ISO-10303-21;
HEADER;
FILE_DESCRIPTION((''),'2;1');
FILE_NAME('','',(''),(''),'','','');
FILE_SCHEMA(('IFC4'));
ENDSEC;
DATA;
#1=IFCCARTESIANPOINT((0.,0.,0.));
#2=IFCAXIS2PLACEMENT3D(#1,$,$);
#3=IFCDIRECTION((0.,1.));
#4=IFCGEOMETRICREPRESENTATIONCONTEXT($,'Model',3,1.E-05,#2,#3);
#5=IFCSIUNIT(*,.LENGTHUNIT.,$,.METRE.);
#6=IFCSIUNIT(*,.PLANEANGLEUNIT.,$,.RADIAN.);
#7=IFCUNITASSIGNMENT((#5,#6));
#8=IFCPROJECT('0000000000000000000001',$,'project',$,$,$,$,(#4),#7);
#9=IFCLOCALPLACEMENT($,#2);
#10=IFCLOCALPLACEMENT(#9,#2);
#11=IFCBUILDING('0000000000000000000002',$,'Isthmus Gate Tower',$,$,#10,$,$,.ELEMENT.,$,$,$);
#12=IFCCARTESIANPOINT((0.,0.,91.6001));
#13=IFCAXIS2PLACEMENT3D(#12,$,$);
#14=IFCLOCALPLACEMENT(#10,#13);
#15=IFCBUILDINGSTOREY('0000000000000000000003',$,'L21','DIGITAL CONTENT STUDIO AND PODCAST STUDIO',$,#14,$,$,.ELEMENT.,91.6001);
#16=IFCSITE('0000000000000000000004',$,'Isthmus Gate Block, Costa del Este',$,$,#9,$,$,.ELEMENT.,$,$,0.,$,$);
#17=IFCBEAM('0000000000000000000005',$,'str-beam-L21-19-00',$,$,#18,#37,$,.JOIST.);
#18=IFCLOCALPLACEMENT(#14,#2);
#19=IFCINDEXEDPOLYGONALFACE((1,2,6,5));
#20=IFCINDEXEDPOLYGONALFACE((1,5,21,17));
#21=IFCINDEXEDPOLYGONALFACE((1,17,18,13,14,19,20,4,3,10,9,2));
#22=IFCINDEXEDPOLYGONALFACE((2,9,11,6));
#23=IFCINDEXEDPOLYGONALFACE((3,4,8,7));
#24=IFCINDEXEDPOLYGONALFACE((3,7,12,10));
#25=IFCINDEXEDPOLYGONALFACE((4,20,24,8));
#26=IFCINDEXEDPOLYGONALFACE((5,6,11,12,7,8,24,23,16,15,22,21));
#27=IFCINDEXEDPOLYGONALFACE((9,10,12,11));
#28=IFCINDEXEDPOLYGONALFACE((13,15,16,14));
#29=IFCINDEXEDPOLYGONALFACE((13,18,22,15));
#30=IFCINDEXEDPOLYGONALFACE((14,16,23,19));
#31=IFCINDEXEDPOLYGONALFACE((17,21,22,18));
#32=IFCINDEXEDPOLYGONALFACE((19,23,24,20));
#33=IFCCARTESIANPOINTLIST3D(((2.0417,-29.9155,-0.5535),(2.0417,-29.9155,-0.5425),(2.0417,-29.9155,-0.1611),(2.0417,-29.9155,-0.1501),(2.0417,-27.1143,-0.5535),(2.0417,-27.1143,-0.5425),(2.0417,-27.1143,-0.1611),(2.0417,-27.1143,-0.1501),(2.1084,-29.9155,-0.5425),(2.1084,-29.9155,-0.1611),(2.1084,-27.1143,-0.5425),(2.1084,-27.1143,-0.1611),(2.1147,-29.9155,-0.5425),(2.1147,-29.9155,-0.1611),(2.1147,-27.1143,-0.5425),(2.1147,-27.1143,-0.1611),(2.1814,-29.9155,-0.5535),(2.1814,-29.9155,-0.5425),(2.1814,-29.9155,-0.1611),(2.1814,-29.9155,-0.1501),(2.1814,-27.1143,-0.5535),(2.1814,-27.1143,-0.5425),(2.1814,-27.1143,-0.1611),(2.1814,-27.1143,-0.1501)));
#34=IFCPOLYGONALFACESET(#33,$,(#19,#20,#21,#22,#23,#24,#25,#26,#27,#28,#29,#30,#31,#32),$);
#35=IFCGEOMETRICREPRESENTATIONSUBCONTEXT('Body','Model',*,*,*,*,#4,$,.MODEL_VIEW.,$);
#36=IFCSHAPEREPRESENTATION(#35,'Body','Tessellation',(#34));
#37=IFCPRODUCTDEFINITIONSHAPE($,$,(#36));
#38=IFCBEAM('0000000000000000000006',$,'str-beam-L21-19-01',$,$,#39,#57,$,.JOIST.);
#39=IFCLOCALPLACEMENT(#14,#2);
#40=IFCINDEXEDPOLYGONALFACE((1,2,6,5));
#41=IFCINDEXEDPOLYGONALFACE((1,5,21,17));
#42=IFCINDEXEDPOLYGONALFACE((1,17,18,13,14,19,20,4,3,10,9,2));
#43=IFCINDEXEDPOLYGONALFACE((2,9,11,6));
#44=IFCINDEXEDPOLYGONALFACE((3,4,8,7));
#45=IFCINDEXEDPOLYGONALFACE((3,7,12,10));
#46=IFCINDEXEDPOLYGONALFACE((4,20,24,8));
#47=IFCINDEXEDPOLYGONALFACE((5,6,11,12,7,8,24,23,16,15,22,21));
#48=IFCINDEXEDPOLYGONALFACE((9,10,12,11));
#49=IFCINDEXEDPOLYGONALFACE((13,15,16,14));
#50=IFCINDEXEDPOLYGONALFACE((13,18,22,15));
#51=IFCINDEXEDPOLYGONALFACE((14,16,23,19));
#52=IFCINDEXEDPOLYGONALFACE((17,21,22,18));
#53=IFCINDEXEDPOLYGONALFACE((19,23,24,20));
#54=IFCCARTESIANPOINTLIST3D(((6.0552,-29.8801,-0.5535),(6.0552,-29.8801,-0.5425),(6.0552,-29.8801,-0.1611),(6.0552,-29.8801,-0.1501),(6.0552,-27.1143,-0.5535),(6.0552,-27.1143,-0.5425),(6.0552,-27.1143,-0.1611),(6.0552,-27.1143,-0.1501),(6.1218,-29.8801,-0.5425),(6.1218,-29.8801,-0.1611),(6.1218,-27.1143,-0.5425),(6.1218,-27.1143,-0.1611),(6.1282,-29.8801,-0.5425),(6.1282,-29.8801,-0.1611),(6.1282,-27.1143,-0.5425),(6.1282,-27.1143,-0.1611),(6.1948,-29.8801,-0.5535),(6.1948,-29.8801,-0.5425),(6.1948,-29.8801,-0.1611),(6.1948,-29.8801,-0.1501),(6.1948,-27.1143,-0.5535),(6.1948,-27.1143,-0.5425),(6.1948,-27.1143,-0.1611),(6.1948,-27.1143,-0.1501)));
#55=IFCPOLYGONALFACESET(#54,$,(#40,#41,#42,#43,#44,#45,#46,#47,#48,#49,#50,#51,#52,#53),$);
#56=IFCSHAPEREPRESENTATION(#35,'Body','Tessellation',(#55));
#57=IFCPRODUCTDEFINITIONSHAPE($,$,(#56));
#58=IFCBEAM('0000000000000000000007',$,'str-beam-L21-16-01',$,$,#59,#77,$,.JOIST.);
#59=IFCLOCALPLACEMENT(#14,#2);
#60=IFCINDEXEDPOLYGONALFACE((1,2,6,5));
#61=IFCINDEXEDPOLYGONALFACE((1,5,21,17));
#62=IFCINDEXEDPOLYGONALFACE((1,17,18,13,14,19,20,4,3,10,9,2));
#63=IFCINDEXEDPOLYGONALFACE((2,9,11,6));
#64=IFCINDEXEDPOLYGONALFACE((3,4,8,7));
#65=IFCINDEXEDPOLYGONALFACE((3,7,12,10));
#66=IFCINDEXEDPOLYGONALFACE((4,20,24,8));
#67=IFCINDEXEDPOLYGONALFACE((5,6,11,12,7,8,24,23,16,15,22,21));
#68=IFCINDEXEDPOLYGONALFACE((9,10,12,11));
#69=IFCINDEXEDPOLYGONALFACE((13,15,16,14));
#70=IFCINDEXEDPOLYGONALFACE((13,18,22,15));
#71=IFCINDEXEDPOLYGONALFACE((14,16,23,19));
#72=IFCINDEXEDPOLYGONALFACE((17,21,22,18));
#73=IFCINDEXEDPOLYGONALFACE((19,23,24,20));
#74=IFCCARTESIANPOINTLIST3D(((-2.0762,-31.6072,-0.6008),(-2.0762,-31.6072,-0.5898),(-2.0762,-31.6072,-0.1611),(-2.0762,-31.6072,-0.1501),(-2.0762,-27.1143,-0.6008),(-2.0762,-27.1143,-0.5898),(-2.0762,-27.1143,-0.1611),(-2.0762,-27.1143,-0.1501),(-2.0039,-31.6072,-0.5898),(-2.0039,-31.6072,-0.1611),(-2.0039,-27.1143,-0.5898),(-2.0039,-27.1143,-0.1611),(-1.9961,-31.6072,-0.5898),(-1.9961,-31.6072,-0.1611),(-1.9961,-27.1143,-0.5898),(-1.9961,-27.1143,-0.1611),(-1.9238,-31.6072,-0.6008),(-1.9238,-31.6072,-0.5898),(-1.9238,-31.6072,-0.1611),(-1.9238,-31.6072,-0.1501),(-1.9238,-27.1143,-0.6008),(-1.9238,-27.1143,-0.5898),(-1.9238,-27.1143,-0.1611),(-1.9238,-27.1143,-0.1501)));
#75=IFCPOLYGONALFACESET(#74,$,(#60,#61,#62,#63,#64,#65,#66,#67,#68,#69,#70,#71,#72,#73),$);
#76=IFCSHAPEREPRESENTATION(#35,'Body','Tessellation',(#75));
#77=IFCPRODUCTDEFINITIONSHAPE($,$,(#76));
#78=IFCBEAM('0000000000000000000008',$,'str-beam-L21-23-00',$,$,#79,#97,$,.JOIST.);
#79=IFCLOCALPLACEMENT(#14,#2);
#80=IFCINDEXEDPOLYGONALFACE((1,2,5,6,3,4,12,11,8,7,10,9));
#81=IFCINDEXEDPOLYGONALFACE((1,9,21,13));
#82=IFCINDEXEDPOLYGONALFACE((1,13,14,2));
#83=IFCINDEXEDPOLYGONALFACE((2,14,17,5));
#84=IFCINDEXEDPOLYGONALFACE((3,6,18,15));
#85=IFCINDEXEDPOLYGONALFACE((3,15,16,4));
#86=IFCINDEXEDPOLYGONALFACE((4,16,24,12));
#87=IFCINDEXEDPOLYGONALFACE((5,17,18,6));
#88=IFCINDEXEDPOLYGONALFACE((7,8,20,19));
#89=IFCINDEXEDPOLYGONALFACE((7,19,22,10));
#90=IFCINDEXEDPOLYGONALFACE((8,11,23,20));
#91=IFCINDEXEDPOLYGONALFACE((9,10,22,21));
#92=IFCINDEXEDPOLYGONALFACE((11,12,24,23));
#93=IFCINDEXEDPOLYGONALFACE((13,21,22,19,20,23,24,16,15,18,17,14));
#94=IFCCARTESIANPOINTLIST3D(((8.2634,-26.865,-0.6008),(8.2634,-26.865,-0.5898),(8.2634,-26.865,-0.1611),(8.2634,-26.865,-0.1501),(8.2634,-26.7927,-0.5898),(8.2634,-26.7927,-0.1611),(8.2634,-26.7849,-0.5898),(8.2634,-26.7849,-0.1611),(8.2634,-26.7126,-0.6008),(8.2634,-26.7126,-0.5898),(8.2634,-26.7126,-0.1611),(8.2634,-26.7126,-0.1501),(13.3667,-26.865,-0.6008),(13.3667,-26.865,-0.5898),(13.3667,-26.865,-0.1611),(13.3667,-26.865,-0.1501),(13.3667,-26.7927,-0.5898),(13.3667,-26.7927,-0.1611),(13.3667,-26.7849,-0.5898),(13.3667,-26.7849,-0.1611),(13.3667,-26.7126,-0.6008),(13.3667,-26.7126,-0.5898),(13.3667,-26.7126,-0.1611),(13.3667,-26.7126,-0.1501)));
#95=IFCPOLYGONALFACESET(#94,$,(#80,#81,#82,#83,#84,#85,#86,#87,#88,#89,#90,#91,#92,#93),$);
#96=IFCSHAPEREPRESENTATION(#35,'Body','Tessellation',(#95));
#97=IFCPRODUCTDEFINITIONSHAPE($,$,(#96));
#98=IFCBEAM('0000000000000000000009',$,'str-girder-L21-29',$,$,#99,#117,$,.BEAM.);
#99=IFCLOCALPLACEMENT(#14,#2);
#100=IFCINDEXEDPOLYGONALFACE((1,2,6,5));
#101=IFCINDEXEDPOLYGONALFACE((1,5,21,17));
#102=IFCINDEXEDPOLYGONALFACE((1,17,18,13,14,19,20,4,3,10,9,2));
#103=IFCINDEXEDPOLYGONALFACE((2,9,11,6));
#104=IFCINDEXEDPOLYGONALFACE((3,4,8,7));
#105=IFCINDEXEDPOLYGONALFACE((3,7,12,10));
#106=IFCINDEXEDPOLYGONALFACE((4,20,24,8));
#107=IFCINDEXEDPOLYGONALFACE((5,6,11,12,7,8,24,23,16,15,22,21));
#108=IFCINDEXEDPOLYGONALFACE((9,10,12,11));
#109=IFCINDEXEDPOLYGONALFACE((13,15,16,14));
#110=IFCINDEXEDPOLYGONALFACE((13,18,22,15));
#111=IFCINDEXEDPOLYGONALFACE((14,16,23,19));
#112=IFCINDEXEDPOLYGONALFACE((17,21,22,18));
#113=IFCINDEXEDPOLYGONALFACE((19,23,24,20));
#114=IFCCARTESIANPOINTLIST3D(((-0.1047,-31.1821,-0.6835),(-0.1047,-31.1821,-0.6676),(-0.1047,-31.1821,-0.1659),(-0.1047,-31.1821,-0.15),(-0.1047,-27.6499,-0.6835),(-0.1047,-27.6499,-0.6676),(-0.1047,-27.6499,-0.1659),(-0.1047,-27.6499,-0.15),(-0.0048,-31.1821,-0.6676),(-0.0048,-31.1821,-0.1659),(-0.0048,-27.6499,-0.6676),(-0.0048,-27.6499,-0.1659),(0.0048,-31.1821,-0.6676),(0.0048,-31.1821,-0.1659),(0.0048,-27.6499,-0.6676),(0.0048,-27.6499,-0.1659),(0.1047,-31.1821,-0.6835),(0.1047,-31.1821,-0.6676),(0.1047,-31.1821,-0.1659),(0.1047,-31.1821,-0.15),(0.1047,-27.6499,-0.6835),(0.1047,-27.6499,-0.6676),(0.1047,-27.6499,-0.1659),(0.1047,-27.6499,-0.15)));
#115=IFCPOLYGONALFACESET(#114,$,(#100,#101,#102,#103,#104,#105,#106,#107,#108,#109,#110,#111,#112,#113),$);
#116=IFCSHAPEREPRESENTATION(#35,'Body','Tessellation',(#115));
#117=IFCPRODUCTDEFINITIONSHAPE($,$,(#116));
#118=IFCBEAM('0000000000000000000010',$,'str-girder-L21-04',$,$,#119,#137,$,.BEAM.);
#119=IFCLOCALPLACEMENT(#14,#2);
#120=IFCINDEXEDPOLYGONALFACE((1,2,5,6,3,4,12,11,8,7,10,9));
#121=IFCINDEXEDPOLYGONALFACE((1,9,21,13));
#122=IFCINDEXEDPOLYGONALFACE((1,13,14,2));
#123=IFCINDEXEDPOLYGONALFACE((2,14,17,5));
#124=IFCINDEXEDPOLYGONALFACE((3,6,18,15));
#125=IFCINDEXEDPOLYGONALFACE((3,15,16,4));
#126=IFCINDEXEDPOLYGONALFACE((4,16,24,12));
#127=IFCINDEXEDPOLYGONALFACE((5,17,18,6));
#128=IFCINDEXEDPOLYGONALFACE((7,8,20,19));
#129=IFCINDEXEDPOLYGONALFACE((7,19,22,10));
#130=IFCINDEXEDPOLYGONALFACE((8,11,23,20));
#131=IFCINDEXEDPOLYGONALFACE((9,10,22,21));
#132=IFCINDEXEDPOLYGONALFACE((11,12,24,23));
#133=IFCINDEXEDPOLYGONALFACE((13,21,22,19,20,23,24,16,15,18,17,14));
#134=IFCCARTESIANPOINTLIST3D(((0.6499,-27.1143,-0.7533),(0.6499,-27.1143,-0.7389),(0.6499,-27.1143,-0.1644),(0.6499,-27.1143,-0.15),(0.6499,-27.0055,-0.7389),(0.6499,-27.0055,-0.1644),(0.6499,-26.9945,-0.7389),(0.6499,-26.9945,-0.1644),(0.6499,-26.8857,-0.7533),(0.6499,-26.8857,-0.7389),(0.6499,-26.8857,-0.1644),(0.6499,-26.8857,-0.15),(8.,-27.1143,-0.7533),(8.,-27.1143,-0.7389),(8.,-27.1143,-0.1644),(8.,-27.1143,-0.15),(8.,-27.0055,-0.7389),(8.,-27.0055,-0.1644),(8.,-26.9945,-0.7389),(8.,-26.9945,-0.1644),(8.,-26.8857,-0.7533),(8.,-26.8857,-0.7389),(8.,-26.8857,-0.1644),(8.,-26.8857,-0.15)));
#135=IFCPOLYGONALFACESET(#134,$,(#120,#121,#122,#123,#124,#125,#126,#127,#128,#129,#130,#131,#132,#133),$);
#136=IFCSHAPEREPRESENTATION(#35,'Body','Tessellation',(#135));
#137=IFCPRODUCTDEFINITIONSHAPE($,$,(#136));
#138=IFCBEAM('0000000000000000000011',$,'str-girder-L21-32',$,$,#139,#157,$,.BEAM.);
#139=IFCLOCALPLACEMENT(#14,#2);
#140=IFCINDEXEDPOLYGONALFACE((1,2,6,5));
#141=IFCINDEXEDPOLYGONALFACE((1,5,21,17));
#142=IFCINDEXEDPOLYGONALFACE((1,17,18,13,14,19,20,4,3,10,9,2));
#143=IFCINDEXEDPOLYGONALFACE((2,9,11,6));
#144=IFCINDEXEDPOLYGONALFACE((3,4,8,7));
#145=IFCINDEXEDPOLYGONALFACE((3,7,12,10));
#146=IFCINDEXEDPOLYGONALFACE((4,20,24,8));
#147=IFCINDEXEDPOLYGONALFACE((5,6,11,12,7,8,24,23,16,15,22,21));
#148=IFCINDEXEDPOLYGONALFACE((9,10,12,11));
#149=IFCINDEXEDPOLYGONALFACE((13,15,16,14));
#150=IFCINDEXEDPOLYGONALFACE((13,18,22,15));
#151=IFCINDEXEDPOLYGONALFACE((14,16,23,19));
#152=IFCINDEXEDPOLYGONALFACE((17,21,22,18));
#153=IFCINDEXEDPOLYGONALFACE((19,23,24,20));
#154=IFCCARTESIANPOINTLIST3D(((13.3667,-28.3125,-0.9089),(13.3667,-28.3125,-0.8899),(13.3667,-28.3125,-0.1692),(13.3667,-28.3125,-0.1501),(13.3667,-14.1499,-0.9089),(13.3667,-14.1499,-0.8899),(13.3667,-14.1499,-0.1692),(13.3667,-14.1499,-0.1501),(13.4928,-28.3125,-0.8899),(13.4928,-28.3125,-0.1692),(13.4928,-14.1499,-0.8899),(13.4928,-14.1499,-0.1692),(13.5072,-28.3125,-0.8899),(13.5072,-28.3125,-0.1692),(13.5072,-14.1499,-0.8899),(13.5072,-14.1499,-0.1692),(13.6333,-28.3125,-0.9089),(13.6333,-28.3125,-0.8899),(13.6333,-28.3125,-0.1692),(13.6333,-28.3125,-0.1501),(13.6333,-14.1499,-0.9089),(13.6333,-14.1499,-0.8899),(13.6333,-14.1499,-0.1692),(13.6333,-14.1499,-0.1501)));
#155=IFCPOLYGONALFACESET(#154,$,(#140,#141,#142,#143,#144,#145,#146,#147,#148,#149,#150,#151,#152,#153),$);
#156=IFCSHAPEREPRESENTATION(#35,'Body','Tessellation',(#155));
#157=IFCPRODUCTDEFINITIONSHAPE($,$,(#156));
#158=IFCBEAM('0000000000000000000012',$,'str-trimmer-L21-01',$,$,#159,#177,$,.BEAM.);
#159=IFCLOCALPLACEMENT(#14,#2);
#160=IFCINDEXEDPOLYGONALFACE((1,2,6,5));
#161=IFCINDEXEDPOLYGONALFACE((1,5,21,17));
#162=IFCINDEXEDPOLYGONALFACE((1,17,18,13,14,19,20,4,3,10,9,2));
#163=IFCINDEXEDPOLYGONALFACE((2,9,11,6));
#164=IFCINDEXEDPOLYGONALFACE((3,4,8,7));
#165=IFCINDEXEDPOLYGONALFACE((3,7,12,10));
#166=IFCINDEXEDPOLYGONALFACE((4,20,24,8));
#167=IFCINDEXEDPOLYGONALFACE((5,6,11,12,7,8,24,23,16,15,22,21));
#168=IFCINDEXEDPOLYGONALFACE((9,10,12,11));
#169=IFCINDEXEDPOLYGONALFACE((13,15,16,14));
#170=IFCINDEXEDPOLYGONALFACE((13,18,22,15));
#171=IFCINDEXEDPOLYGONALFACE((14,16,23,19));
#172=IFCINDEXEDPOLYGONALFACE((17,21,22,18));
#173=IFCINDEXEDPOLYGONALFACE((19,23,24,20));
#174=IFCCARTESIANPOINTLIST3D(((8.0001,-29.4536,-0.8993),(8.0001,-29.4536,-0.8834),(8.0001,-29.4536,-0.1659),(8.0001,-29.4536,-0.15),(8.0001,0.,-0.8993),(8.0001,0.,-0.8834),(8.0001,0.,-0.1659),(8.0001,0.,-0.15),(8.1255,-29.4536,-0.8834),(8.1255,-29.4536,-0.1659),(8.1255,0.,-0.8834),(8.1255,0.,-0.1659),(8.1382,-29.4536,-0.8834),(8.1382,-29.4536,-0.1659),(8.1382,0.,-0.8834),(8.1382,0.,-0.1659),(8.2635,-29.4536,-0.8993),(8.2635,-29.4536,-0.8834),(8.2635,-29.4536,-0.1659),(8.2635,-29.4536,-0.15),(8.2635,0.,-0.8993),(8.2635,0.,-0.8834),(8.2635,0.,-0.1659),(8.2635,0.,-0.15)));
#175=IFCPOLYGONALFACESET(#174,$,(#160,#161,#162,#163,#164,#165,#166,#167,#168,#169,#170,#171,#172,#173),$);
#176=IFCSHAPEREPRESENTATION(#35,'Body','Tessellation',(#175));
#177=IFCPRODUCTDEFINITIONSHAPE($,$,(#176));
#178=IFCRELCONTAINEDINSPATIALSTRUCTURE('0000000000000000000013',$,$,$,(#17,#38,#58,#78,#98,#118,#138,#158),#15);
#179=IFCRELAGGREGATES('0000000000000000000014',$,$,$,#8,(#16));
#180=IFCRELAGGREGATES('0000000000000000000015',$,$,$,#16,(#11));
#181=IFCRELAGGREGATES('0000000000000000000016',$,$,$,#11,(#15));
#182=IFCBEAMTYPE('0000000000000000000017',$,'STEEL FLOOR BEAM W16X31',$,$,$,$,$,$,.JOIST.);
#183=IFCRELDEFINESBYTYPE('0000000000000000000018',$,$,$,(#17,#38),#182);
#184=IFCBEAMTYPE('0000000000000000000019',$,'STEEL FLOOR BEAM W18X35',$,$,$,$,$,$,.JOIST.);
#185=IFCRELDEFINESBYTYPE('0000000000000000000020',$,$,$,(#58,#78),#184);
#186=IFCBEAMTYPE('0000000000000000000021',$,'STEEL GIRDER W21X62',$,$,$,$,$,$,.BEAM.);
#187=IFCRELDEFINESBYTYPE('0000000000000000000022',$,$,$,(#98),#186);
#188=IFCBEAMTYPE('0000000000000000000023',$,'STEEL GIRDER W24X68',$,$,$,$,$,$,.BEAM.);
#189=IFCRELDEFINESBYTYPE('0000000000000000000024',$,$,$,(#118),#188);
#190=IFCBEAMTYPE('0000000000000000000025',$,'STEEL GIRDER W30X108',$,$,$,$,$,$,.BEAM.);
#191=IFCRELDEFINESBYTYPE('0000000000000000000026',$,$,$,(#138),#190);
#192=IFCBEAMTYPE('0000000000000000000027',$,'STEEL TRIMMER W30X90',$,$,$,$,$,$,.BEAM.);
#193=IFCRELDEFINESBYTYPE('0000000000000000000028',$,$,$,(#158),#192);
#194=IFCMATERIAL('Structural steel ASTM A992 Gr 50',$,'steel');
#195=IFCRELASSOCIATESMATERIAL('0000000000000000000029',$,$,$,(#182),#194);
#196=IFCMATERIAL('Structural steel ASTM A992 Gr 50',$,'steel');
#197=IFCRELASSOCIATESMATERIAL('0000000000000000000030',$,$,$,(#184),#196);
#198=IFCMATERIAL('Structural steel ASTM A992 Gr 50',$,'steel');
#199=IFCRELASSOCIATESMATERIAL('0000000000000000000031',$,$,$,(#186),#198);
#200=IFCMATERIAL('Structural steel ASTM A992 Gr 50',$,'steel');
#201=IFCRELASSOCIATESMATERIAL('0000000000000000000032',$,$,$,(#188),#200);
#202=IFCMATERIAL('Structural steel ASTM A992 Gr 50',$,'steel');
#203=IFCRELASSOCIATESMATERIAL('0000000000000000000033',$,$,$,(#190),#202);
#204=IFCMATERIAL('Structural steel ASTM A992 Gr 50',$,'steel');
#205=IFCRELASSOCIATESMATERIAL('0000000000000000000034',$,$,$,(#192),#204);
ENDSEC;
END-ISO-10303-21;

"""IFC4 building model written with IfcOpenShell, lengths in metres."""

from ifc_helpers import new_model, si_unit, direction, frame, origin, origin_2d, place, context, subcontext, project, spatial, i_section, extrude, material, material_profile, profile_set, type_object, element, save


model = new_model("IFC4")

# Units and contexts
model_context = context("Model", 3, precision=1e-05, world=origin(), true_north=direction((0.0, 1.0)))
body_context = subcontext(model_context, "Body", "Model", "MODEL_VIEW")
ifc_project = project(units=[si_unit("LENGTHUNIT", "METRE"), si_unit("PLANEANGLEUNIT", "RADIAN")], contexts=[model_context])

# Site, building, storey
site_placement = place(None, origin())
site = spatial("IfcSite", under=ifc_project, at=site_placement, Name="Isthmus Gate Block, Costa del Este", CompositionType="ELEMENT", RefElevation=0.0)
building_placement = place(site_placement, origin())
building = spatial("IfcBuilding", under=site, at=building_placement, Name="Isthmus Gate Tower", CompositionType="ELEMENT")
storey_placement = place(building_placement, frame((0.0, 0.0, 91.6001)))
storey = spatial("IfcBuildingStorey", under=building, at=storey_placement, Name="L21", Description="DIGITAL CONTENT STUDIO AND PODCAST STUDIO", CompositionType="ELEMENT", Elevation=91.6001)

# Beams
ifc_material_1 = material(Name="Structural steel ASTM A992 Gr 50", Category="steel")
ifc_material_profile_1 = material_profile(ifc_material_1, i_section(OverallWidth=0.1396, OverallDepth=0.4033, WebThickness=0.0063, FlangeThickness=0.011, at=origin_2d()), Name="W16X31")
ifc_profile_set_1 = profile_set([ifc_material_profile_1], Name="Structural steel ASTM A992 Gr 50")
beam_type_1 = type_object("IfcBeamType", Name="STEEL FLOOR BEAM W16X31", PredefinedType="JOIST", material=ifc_profile_set_1)
beam_1_placement = place(storey_placement, frame((2.1116, -29.9155, -0.3518), z_axis=(0.0, 1.0, 0.0), x_axis=(-1.0, 0.0, 0.0)))
element("IfcBeam", 1, at=beam_1_placement, inside=storey, type_object=beam_type_1, Name="str-beam-L21-19-00", PredefinedType="JOIST", context=body_context, shape_type="SweptSolid", body=[
    extrude(i_section(OverallWidth=0.1396, OverallDepth=0.4033, WebThickness=0.0063, FlangeThickness=0.011, at=origin_2d()), origin(), (0.0, 0.0, 1.0), 2.8013),
])
beam_2_placement = place(storey_placement, frame((6.125, -29.8801, -0.3518), z_axis=(0.0, 1.0, 0.0), x_axis=(-1.0, 0.0, 0.0)))
element("IfcBeam", 2, at=beam_2_placement, inside=storey, type_object=beam_type_1, Name="str-beam-L21-19-01", PredefinedType="JOIST", context=body_context, shape_type="SweptSolid", body=[
    extrude(i_section(OverallWidth=0.1396, OverallDepth=0.4033, WebThickness=0.0063, FlangeThickness=0.011, at=origin_2d()), origin(), (0.0, 0.0, 1.0), 2.7659),
])
ifc_material_2 = material(Name="Structural steel ASTM A992 Gr 50", Category="steel")
ifc_material_profile_2 = material_profile(ifc_material_2, i_section(OverallWidth=0.1523, OverallDepth=0.4507, WebThickness=0.0078, FlangeThickness=0.011, at=origin_2d()), Name="W18X35")
ifc_profile_set_2 = profile_set([ifc_material_profile_2], Name="Structural steel ASTM A992 Gr 50")
beam_type_2 = type_object("IfcBeamType", Name="STEEL FLOOR BEAM W18X35", PredefinedType="JOIST", material=ifc_profile_set_2)
beam_3_placement = place(storey_placement, frame((-2.0, -31.6072, -0.3755), z_axis=(0.0, 1.0, 0.0), x_axis=(-1.0, 0.0, 0.0)))
element("IfcBeam", 3, at=beam_3_placement, inside=storey, type_object=beam_type_2, Name="str-beam-L21-16-01", PredefinedType="JOIST", context=body_context, shape_type="SweptSolid", body=[
    extrude(i_section(OverallWidth=0.1523, OverallDepth=0.4507, WebThickness=0.0078, FlangeThickness=0.011, at=origin_2d()), origin(), (0.0, 0.0, 1.0), 4.4929),
])
beam_4_placement = place(storey_placement, frame((8.2634, -26.7888, -0.3755), z_axis=(1.0, 0.0, 0.0), x_axis=(0.0, 1.0, 0.0)))
element("IfcBeam", 4, at=beam_4_placement, inside=storey, type_object=beam_type_2, Name="str-beam-L21-23-00", PredefinedType="JOIST", context=body_context, shape_type="SweptSolid", body=[
    extrude(i_section(OverallWidth=0.1523, OverallDepth=0.4507, WebThickness=0.0078, FlangeThickness=0.011, at=origin_2d()), origin(), (0.0, 0.0, 1.0), 5.1033),
])
ifc_material_3 = material(Name="Structural steel ASTM A992 Gr 50", Category="steel")
ifc_material_profile_3 = material_profile(ifc_material_3, i_section(OverallWidth=0.2095, OverallDepth=0.5334, WebThickness=0.0095, FlangeThickness=0.0159, at=origin_2d()), Name="W21X62")
ifc_profile_set_3 = profile_set([ifc_material_profile_3], Name="Structural steel ASTM A992 Gr 50")
beam_type_3 = type_object("IfcBeamType", Name="STEEL GIRDER W21X62", PredefinedType="BEAM", material=ifc_profile_set_3)
beam_5_placement = place(storey_placement, frame((0.0, -31.1821, -0.4167), z_axis=(0.0, 1.0, 0.0), x_axis=(-1.0, 0.0, 0.0)))
element("IfcBeam", 5, at=beam_5_placement, inside=storey, type_object=beam_type_3, Name="str-girder-L21-29", PredefinedType="BEAM", context=body_context, shape_type="SweptSolid", body=[
    extrude(i_section(OverallWidth=0.2095, OverallDepth=0.5334, WebThickness=0.0095, FlangeThickness=0.0159, at=origin_2d()), origin(), (0.0, 0.0, 1.0), 3.5322),
])
ifc_material_4 = material(Name="Structural steel ASTM A992 Gr 50", Category="steel")
ifc_material_profile_4 = material_profile(ifc_material_4, i_section(OverallWidth=0.2285, OverallDepth=0.6033, WebThickness=0.011, FlangeThickness=0.0144, at=origin_2d()), Name="W24X68")
ifc_profile_set_4 = profile_set([ifc_material_profile_4], Name="Structural steel ASTM A992 Gr 50")
beam_type_4 = type_object("IfcBeamType", Name="STEEL GIRDER W24X68", PredefinedType="BEAM", material=ifc_profile_set_4)
beam_6_placement = place(storey_placement, frame((0.6499, -27.0, -0.4517), z_axis=(1.0, 0.0, 0.0), x_axis=(0.0, 1.0, 0.0)))
element("IfcBeam", 6, at=beam_6_placement, inside=storey, type_object=beam_type_4, Name="str-girder-L21-04", PredefinedType="BEAM", context=body_context, shape_type="SweptSolid", body=[
    extrude(i_section(OverallWidth=0.2285, OverallDepth=0.6033, WebThickness=0.011, FlangeThickness=0.0144, at=origin_2d()), origin(), (0.0, 0.0, 1.0), 7.3501),
])
ifc_material_5 = material(Name="Structural steel ASTM A992 Gr 50", Category="steel")
ifc_material_profile_5 = material_profile(ifc_material_5, i_section(OverallWidth=0.2666, OverallDepth=0.7588, WebThickness=0.0144, FlangeThickness=0.019, at=origin_2d()), Name="W30X108")
ifc_profile_set_5 = profile_set([ifc_material_profile_5], Name="Structural steel ASTM A992 Gr 50")
beam_type_5 = type_object("IfcBeamType", Name="STEEL GIRDER W30X108", PredefinedType="BEAM", material=ifc_profile_set_5)
beam_7_placement = place(storey_placement, frame((13.5, -28.3125, -0.5295), z_axis=(0.0, 1.0, 0.0), x_axis=(-1.0, 0.0, 0.0)))
element("IfcBeam", 7, at=beam_7_placement, inside=storey, type_object=beam_type_5, Name="str-girder-L21-32", PredefinedType="BEAM", context=body_context, shape_type="SweptSolid", body=[
    extrude(i_section(OverallWidth=0.2666, OverallDepth=0.7588, WebThickness=0.0144, FlangeThickness=0.019, at=origin_2d()), origin(), (0.0, 0.0, 1.0), 14.1626),
])
ifc_material_6 = material(Name="Structural steel ASTM A992 Gr 50", Category="steel")
ifc_material_profile_6 = material_profile(ifc_material_6, i_section(OverallWidth=0.2634, OverallDepth=0.7493, WebThickness=0.0127, FlangeThickness=0.0159, at=origin_2d()), Name="W30X90")
ifc_profile_set_6 = profile_set([ifc_material_profile_6], Name="Structural steel ASTM A992 Gr 50")
beam_type_6 = type_object("IfcBeamType", Name="STEEL TRIMMER W30X90", PredefinedType="BEAM", material=ifc_profile_set_6)
beam_8_placement = place(storey_placement, frame((8.1318, -29.4536, -0.5247), z_axis=(0.0, 1.0, 0.0), x_axis=(-1.0, 0.0, 0.0)))
element("IfcBeam", 8, at=beam_8_placement, inside=storey, type_object=beam_type_6, Name="str-trimmer-L21-01", PredefinedType="BEAM", context=body_context, shape_type="SweptSolid", body=[
    extrude(i_section(OverallWidth=0.2634, OverallDepth=0.7493, WebThickness=0.0127, FlangeThickness=0.0159, at=origin_2d()), origin(), (0.0, 0.0, 1.0), 29.4536),
])

save(model, "model.ifc")
